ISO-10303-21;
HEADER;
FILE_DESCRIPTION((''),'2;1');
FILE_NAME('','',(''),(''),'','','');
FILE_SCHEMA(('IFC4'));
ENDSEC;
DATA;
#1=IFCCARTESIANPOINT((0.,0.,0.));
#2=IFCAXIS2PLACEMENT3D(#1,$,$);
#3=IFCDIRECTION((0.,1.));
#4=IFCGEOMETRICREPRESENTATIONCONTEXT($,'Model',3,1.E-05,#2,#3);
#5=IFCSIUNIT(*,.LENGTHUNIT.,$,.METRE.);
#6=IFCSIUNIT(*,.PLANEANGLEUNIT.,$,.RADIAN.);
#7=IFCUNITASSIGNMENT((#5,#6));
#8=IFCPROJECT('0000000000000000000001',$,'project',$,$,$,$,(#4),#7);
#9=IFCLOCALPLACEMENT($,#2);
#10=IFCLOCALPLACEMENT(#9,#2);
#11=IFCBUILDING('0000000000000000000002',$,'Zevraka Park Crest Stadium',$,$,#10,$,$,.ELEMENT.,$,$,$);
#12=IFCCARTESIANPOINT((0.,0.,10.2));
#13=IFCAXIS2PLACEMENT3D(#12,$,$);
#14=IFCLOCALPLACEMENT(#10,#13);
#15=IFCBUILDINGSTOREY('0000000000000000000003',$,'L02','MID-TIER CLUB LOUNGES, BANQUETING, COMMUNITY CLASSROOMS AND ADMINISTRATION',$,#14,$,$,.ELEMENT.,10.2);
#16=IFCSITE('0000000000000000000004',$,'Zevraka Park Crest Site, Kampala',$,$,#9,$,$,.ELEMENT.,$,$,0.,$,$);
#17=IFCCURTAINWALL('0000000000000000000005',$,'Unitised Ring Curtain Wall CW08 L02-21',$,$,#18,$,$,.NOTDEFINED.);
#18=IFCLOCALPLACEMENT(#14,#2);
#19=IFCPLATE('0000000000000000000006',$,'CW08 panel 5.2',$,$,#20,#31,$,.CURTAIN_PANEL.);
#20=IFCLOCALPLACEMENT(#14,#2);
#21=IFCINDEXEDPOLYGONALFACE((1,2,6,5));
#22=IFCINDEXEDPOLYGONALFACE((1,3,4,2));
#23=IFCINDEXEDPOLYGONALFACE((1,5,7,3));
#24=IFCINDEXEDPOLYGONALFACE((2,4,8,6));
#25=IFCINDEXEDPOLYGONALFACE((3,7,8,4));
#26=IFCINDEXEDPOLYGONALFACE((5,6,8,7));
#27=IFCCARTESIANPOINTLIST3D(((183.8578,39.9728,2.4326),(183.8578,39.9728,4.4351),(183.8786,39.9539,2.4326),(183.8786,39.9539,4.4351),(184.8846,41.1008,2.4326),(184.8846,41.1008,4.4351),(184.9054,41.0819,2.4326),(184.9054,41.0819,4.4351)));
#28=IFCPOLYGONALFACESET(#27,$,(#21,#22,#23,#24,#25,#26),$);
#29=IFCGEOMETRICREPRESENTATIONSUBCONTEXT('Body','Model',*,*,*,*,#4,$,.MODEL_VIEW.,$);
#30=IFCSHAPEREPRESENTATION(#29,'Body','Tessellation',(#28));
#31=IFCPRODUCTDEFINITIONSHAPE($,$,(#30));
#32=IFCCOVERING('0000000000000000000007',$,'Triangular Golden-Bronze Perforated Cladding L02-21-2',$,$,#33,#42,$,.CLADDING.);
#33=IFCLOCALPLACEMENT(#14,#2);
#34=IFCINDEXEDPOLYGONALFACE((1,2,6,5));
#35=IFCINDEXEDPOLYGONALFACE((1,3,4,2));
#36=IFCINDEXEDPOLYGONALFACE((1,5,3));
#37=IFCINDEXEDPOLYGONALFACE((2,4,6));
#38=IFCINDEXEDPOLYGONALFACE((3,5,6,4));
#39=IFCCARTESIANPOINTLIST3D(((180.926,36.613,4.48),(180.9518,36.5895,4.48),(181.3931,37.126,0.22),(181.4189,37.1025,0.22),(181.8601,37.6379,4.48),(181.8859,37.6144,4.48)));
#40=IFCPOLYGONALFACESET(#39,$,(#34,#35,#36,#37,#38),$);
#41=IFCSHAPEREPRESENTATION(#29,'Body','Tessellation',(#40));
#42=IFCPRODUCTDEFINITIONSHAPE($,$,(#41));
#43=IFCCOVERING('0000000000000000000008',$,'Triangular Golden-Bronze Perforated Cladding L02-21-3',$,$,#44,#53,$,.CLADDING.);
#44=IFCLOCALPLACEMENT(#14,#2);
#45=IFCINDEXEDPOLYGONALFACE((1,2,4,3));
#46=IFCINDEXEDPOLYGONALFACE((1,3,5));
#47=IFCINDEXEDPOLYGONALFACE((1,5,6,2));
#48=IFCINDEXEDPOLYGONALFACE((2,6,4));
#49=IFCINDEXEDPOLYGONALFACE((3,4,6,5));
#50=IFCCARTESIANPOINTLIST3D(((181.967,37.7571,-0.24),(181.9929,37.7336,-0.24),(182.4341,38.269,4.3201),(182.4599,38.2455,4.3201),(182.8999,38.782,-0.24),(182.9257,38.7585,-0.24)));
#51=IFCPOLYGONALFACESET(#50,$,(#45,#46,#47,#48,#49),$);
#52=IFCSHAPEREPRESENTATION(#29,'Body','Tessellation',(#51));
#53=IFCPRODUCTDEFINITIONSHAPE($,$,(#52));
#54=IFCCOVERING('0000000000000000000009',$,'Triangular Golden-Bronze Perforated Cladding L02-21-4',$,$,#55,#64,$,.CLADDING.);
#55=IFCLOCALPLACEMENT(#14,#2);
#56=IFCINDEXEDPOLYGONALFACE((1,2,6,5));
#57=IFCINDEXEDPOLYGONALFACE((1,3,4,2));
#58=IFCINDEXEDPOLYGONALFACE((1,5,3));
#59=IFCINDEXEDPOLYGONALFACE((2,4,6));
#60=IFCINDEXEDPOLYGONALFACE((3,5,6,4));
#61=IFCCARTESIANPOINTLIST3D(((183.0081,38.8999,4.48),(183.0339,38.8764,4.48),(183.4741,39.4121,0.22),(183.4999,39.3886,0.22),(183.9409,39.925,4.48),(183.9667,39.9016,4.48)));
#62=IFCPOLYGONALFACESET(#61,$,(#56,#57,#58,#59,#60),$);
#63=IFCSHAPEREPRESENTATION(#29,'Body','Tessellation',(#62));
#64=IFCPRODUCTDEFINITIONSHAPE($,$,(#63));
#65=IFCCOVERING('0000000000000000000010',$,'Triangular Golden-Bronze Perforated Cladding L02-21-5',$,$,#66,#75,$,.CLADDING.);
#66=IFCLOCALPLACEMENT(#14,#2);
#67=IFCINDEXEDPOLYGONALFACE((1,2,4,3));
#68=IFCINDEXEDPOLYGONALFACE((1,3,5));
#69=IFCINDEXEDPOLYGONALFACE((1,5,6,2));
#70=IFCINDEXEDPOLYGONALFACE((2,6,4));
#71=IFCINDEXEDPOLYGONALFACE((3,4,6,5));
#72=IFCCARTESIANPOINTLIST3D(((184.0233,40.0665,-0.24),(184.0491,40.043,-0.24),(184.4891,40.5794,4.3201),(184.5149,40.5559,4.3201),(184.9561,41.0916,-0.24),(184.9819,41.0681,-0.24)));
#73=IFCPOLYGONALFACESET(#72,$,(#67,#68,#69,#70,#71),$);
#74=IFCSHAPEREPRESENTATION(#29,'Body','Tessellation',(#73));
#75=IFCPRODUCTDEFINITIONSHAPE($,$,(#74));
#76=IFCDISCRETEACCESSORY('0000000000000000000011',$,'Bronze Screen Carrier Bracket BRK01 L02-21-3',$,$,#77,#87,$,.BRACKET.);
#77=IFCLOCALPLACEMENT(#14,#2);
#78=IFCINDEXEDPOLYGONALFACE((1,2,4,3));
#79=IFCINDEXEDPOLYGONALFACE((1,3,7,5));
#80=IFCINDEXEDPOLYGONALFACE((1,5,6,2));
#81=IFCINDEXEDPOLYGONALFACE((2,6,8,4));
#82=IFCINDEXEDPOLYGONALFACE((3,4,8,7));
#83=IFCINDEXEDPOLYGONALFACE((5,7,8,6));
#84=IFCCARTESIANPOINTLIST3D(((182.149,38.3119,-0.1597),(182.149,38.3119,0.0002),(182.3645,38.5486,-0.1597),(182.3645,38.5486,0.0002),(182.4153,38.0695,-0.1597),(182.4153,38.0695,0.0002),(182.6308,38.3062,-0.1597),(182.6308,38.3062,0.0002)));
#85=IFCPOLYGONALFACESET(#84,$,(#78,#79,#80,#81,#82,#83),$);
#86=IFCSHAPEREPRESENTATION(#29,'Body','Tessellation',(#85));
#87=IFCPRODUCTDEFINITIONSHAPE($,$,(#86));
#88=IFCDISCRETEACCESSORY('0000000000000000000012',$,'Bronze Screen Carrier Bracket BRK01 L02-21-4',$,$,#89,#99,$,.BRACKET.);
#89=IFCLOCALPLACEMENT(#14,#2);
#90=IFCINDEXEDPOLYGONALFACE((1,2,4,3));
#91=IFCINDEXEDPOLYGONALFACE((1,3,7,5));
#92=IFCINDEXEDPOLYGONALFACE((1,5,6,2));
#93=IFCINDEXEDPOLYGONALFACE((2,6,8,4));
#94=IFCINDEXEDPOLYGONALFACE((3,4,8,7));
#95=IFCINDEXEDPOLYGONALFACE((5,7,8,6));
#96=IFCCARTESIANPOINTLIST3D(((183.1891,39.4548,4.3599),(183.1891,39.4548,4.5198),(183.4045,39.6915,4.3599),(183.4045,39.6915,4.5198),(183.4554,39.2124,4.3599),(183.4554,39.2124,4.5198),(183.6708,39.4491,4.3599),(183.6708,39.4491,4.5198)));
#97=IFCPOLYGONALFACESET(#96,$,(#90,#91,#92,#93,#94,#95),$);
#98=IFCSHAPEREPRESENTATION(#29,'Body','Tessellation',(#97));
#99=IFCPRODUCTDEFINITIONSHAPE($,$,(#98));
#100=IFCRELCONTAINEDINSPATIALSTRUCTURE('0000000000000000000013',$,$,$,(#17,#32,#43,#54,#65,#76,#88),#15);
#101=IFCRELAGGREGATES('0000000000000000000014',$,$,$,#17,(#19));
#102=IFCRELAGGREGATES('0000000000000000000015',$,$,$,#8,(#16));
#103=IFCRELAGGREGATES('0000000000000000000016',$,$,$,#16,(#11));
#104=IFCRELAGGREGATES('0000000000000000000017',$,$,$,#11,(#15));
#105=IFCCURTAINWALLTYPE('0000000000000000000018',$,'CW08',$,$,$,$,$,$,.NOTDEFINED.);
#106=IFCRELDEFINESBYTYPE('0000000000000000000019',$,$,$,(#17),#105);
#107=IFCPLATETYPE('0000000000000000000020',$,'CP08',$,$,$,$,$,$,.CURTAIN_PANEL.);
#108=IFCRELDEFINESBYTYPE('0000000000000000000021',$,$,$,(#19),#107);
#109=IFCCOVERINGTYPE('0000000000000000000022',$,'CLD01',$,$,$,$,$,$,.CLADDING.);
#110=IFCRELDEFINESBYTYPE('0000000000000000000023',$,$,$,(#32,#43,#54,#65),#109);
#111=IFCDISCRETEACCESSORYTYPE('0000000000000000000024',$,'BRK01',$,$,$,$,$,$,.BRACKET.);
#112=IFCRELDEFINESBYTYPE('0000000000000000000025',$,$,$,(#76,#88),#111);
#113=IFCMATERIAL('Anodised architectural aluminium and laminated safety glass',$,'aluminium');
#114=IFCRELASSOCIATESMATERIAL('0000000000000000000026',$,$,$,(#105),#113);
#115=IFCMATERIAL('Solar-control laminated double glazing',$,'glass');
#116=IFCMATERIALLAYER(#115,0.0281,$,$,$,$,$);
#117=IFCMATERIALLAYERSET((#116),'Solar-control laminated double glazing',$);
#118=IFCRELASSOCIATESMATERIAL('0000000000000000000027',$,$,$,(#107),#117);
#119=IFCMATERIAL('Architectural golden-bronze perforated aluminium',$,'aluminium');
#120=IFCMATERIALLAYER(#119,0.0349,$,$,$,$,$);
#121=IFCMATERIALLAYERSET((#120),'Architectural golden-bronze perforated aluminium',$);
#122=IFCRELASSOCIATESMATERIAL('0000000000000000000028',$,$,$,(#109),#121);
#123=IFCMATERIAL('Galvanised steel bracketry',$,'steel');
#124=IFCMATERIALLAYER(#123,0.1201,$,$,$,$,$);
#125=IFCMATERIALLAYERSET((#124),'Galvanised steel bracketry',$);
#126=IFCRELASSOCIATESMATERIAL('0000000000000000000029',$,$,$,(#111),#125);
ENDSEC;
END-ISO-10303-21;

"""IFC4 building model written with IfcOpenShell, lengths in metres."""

from ifc_helpers import new_model, si_unit, direction, frame, origin, origin_2d, place, context, subcontext, project, spatial, polyline, rectangle, outline, extrude, material, layer, layer_set, type_object, element, aggregate, save


model = new_model("IFC4")

# Units and contexts
model_context = context("Model", 3, precision=1e-05, world=origin(), true_north=direction((0.0, 1.0)))
body_context = subcontext(model_context, "Body", "Model", "MODEL_VIEW")
ifc_project = project(units=[si_unit("LENGTHUNIT", "METRE"), si_unit("PLANEANGLEUNIT", "RADIAN")], contexts=[model_context])

# Site, building, storey
site_placement = place(None, origin())
site = spatial("IfcSite", under=ifc_project, at=site_placement, Name="Zevraka Park Crest Site, Kampala", CompositionType="ELEMENT", RefElevation=0.0)
building_placement = place(site_placement, origin())
building = spatial("IfcBuilding", under=site, at=building_placement, Name="Zevraka Park Crest Stadium", CompositionType="ELEMENT")
storey_placement = place(building_placement, frame((0.0, 0.0, 10.2)))
storey = spatial("IfcBuildingStorey", under=building, at=storey_placement, Name="L02", Description="MID-TIER CLUB LOUNGES, BANQUETING, COMMUNITY CLASSROOMS AND ADMINISTRATION", CompositionType="ELEMENT", Elevation=10.2)

# Curtain wall, plate
ifc_material_1 = material(Name="Anodised architectural aluminium and laminated safety glass", Category="aluminium")
curtain_wall_type = type_object("IfcCurtainWallType", Name="CW08", PredefinedType="NOTDEFINED", material=ifc_material_1)
curtain_wall_placement = place(storey_placement, origin())
curtain_wall = element("IfcCurtainWall", 1, at=curtain_wall_placement, inside=storey, type_object=curtain_wall_type, Name="Unitised Ring Curtain Wall CW08 L02-21", PredefinedType="NOTDEFINED")
ifc_material_2 = material(Name="Solar-control laminated double glazing", Category="glass")
ifc_layer_1 = layer(ifc_material_2, 0.0281)
ifc_layer_set_1 = layer_set([ifc_layer_1], Name="Solar-control laminated double glazing")
plate_type = type_object("IfcPlateType", Name="CP08", PredefinedType="CURTAIN_PANEL", material=ifc_layer_set_1)
plate_1_placement = place(storey_placement, frame((184.3816, 40.5273, 2.4326), z_axis=(0.0, 0.0, 1.0), x_axis=(0.67316, 0.739497, 0.0)))
plate_1 = element("IfcPlate", 2, at=plate_1_placement, type_object=plate_type, Name="CW08 panel 5.2", PredefinedType="CURTAIN_PANEL", context=body_context, shape_type="SweptSolid", body=[
    extrude(rectangle(XDim=1.5254, YDim=0.0281, at=origin_2d()), origin(), (0.0, 0.0, 1.0), 2.0024),
])
aggregate(curtain_wall, [plate_1])

# Coverings
ifc_material_3 = material(Name="Architectural golden-bronze perforated aluminium", Category="aluminium")
ifc_layer_2 = layer(ifc_material_3, 0.0349)
ifc_layer_set_2 = layer_set([ifc_layer_2], Name="Architectural golden-bronze perforated aluminium")
covering_type = type_object("IfcCoveringType", Name="CLD01", PredefinedType="CLADDING", material=ifc_layer_set_2)
covering_1_placement = place(storey_placement, frame((181.8601, 37.6379, 4.48), z_axis=(-0.739095, 0.673601, 0.000077), x_axis=(-0.673601, -0.739095, 0.0)))
element("IfcCovering", 3, at=covering_1_placement, inside=storey, type_object=covering_type, Name="Triangular Golden-Bronze Perforated Cladding L02-21-2", PredefinedType="CLADDING", context=body_context, shape_type="SweptSolid", body=[
    extrude(outline(polyline([(0.0, 0.0), (1.3867, 0.0), (0.693, -4.26), (0.0, 0.0)])), origin(), (0.0, 0.0, -1.0), 0.0349),
])
covering_2_placement = place(storey_placement, frame((181.967, 37.7571, -0.24), z_axis=(-0.739533, 0.67312, 0.000171), x_axis=(0.67312, 0.739533, 0.0)))
element("IfcCovering", 4, at=covering_2_placement, inside=storey, type_object=covering_type, Name="Triangular Golden-Bronze Perforated Cladding L02-21-3", PredefinedType="CLADDING", context=body_context, shape_type="SweptSolid", body=[
    extrude(outline(polyline([(0.0, 0.0), (1.3859, 0.0), (0.693, -4.5601), (0.0, 0.0)])), origin(), (0.0, 0.0, -1.0), 0.0349),
])
covering_3_placement = place(storey_placement, frame((183.9409, 39.925, 4.48), z_axis=(-0.739613, 0.673032, 0.000006), x_axis=(-0.673032, -0.739613, 0.0)))
element("IfcCovering", 5, at=covering_3_placement, inside=storey, type_object=covering_type, Name="Triangular Golden-Bronze Perforated Cladding L02-21-4", PredefinedType="CLADDING", context=body_context, shape_type="SweptSolid", body=[
    extrude(outline(polyline([(0.0, 0.0), (1.3861, 0.0), (0.6935, -4.26), (0.0, 0.0)])), origin(), (0.0, 0.0, -1.0), 0.0349),
])
covering_4_placement = place(storey_placement, frame((184.0491, 40.043, -0.24), z_axis=(0.739613, -0.673032, 0.000153), x_axis=(0.673032, 0.739613, 0.0)))
element("IfcCovering", 6, at=covering_4_placement, inside=storey, type_object=covering_type, Name="Triangular Golden-Bronze Perforated Cladding L02-21-5", PredefinedType="CLADDING", context=body_context, shape_type="SweptSolid", body=[
    extrude(outline(polyline([(0.0, 0.0), (1.3861, 0.0), (0.6929, 4.5601), (0.0, 0.0)])), origin(), (0.0, 0.0, -1.0), 0.0349),
])

# Discrete accessories
ifc_material_4 = material(Name="Galvanised steel bracketry", Category="steel")
ifc_layer_3 = layer(ifc_material_4, 0.1201)
ifc_layer_set_3 = layer_set([ifc_layer_3], Name="Galvanised steel bracketry")
discrete_accessory_type = type_object("IfcDiscreteAccessoryType", Name="BRK01", PredefinedType="BRACKET", material=ifc_layer_set_3)
for number, where, z_axis, x_axis, name in (
    (7, (182.3899, 38.3091, -0.1597), (0.0, 0.0, 1.0), (0.673142, 0.739514, 0.0), "Bronze Screen Carrier Bracket BRK01 L02-21-3"),
    (8, (183.4299, 39.4519, 4.3599), (0.0, 0.0, 1.0), (0.673142, 0.739514, 0.0), "Bronze Screen Carrier Bracket BRK01 L02-21-4"),
):
    element("IfcDiscreteAccessory", number, at=place(storey_placement, frame(where, z_axis=z_axis, x_axis=x_axis)), inside=storey, type_object=discrete_accessory_type, Name=name, PredefinedType="BRACKET", context=body_context, shape_type="SweptSolid", body=[
        extrude(rectangle(XDim=0.3201, YDim=0.3601, at=origin_2d()), origin(), (0.0, 0.0, 1.0), 0.1599),
    ])

save(model, "model.ifc")
